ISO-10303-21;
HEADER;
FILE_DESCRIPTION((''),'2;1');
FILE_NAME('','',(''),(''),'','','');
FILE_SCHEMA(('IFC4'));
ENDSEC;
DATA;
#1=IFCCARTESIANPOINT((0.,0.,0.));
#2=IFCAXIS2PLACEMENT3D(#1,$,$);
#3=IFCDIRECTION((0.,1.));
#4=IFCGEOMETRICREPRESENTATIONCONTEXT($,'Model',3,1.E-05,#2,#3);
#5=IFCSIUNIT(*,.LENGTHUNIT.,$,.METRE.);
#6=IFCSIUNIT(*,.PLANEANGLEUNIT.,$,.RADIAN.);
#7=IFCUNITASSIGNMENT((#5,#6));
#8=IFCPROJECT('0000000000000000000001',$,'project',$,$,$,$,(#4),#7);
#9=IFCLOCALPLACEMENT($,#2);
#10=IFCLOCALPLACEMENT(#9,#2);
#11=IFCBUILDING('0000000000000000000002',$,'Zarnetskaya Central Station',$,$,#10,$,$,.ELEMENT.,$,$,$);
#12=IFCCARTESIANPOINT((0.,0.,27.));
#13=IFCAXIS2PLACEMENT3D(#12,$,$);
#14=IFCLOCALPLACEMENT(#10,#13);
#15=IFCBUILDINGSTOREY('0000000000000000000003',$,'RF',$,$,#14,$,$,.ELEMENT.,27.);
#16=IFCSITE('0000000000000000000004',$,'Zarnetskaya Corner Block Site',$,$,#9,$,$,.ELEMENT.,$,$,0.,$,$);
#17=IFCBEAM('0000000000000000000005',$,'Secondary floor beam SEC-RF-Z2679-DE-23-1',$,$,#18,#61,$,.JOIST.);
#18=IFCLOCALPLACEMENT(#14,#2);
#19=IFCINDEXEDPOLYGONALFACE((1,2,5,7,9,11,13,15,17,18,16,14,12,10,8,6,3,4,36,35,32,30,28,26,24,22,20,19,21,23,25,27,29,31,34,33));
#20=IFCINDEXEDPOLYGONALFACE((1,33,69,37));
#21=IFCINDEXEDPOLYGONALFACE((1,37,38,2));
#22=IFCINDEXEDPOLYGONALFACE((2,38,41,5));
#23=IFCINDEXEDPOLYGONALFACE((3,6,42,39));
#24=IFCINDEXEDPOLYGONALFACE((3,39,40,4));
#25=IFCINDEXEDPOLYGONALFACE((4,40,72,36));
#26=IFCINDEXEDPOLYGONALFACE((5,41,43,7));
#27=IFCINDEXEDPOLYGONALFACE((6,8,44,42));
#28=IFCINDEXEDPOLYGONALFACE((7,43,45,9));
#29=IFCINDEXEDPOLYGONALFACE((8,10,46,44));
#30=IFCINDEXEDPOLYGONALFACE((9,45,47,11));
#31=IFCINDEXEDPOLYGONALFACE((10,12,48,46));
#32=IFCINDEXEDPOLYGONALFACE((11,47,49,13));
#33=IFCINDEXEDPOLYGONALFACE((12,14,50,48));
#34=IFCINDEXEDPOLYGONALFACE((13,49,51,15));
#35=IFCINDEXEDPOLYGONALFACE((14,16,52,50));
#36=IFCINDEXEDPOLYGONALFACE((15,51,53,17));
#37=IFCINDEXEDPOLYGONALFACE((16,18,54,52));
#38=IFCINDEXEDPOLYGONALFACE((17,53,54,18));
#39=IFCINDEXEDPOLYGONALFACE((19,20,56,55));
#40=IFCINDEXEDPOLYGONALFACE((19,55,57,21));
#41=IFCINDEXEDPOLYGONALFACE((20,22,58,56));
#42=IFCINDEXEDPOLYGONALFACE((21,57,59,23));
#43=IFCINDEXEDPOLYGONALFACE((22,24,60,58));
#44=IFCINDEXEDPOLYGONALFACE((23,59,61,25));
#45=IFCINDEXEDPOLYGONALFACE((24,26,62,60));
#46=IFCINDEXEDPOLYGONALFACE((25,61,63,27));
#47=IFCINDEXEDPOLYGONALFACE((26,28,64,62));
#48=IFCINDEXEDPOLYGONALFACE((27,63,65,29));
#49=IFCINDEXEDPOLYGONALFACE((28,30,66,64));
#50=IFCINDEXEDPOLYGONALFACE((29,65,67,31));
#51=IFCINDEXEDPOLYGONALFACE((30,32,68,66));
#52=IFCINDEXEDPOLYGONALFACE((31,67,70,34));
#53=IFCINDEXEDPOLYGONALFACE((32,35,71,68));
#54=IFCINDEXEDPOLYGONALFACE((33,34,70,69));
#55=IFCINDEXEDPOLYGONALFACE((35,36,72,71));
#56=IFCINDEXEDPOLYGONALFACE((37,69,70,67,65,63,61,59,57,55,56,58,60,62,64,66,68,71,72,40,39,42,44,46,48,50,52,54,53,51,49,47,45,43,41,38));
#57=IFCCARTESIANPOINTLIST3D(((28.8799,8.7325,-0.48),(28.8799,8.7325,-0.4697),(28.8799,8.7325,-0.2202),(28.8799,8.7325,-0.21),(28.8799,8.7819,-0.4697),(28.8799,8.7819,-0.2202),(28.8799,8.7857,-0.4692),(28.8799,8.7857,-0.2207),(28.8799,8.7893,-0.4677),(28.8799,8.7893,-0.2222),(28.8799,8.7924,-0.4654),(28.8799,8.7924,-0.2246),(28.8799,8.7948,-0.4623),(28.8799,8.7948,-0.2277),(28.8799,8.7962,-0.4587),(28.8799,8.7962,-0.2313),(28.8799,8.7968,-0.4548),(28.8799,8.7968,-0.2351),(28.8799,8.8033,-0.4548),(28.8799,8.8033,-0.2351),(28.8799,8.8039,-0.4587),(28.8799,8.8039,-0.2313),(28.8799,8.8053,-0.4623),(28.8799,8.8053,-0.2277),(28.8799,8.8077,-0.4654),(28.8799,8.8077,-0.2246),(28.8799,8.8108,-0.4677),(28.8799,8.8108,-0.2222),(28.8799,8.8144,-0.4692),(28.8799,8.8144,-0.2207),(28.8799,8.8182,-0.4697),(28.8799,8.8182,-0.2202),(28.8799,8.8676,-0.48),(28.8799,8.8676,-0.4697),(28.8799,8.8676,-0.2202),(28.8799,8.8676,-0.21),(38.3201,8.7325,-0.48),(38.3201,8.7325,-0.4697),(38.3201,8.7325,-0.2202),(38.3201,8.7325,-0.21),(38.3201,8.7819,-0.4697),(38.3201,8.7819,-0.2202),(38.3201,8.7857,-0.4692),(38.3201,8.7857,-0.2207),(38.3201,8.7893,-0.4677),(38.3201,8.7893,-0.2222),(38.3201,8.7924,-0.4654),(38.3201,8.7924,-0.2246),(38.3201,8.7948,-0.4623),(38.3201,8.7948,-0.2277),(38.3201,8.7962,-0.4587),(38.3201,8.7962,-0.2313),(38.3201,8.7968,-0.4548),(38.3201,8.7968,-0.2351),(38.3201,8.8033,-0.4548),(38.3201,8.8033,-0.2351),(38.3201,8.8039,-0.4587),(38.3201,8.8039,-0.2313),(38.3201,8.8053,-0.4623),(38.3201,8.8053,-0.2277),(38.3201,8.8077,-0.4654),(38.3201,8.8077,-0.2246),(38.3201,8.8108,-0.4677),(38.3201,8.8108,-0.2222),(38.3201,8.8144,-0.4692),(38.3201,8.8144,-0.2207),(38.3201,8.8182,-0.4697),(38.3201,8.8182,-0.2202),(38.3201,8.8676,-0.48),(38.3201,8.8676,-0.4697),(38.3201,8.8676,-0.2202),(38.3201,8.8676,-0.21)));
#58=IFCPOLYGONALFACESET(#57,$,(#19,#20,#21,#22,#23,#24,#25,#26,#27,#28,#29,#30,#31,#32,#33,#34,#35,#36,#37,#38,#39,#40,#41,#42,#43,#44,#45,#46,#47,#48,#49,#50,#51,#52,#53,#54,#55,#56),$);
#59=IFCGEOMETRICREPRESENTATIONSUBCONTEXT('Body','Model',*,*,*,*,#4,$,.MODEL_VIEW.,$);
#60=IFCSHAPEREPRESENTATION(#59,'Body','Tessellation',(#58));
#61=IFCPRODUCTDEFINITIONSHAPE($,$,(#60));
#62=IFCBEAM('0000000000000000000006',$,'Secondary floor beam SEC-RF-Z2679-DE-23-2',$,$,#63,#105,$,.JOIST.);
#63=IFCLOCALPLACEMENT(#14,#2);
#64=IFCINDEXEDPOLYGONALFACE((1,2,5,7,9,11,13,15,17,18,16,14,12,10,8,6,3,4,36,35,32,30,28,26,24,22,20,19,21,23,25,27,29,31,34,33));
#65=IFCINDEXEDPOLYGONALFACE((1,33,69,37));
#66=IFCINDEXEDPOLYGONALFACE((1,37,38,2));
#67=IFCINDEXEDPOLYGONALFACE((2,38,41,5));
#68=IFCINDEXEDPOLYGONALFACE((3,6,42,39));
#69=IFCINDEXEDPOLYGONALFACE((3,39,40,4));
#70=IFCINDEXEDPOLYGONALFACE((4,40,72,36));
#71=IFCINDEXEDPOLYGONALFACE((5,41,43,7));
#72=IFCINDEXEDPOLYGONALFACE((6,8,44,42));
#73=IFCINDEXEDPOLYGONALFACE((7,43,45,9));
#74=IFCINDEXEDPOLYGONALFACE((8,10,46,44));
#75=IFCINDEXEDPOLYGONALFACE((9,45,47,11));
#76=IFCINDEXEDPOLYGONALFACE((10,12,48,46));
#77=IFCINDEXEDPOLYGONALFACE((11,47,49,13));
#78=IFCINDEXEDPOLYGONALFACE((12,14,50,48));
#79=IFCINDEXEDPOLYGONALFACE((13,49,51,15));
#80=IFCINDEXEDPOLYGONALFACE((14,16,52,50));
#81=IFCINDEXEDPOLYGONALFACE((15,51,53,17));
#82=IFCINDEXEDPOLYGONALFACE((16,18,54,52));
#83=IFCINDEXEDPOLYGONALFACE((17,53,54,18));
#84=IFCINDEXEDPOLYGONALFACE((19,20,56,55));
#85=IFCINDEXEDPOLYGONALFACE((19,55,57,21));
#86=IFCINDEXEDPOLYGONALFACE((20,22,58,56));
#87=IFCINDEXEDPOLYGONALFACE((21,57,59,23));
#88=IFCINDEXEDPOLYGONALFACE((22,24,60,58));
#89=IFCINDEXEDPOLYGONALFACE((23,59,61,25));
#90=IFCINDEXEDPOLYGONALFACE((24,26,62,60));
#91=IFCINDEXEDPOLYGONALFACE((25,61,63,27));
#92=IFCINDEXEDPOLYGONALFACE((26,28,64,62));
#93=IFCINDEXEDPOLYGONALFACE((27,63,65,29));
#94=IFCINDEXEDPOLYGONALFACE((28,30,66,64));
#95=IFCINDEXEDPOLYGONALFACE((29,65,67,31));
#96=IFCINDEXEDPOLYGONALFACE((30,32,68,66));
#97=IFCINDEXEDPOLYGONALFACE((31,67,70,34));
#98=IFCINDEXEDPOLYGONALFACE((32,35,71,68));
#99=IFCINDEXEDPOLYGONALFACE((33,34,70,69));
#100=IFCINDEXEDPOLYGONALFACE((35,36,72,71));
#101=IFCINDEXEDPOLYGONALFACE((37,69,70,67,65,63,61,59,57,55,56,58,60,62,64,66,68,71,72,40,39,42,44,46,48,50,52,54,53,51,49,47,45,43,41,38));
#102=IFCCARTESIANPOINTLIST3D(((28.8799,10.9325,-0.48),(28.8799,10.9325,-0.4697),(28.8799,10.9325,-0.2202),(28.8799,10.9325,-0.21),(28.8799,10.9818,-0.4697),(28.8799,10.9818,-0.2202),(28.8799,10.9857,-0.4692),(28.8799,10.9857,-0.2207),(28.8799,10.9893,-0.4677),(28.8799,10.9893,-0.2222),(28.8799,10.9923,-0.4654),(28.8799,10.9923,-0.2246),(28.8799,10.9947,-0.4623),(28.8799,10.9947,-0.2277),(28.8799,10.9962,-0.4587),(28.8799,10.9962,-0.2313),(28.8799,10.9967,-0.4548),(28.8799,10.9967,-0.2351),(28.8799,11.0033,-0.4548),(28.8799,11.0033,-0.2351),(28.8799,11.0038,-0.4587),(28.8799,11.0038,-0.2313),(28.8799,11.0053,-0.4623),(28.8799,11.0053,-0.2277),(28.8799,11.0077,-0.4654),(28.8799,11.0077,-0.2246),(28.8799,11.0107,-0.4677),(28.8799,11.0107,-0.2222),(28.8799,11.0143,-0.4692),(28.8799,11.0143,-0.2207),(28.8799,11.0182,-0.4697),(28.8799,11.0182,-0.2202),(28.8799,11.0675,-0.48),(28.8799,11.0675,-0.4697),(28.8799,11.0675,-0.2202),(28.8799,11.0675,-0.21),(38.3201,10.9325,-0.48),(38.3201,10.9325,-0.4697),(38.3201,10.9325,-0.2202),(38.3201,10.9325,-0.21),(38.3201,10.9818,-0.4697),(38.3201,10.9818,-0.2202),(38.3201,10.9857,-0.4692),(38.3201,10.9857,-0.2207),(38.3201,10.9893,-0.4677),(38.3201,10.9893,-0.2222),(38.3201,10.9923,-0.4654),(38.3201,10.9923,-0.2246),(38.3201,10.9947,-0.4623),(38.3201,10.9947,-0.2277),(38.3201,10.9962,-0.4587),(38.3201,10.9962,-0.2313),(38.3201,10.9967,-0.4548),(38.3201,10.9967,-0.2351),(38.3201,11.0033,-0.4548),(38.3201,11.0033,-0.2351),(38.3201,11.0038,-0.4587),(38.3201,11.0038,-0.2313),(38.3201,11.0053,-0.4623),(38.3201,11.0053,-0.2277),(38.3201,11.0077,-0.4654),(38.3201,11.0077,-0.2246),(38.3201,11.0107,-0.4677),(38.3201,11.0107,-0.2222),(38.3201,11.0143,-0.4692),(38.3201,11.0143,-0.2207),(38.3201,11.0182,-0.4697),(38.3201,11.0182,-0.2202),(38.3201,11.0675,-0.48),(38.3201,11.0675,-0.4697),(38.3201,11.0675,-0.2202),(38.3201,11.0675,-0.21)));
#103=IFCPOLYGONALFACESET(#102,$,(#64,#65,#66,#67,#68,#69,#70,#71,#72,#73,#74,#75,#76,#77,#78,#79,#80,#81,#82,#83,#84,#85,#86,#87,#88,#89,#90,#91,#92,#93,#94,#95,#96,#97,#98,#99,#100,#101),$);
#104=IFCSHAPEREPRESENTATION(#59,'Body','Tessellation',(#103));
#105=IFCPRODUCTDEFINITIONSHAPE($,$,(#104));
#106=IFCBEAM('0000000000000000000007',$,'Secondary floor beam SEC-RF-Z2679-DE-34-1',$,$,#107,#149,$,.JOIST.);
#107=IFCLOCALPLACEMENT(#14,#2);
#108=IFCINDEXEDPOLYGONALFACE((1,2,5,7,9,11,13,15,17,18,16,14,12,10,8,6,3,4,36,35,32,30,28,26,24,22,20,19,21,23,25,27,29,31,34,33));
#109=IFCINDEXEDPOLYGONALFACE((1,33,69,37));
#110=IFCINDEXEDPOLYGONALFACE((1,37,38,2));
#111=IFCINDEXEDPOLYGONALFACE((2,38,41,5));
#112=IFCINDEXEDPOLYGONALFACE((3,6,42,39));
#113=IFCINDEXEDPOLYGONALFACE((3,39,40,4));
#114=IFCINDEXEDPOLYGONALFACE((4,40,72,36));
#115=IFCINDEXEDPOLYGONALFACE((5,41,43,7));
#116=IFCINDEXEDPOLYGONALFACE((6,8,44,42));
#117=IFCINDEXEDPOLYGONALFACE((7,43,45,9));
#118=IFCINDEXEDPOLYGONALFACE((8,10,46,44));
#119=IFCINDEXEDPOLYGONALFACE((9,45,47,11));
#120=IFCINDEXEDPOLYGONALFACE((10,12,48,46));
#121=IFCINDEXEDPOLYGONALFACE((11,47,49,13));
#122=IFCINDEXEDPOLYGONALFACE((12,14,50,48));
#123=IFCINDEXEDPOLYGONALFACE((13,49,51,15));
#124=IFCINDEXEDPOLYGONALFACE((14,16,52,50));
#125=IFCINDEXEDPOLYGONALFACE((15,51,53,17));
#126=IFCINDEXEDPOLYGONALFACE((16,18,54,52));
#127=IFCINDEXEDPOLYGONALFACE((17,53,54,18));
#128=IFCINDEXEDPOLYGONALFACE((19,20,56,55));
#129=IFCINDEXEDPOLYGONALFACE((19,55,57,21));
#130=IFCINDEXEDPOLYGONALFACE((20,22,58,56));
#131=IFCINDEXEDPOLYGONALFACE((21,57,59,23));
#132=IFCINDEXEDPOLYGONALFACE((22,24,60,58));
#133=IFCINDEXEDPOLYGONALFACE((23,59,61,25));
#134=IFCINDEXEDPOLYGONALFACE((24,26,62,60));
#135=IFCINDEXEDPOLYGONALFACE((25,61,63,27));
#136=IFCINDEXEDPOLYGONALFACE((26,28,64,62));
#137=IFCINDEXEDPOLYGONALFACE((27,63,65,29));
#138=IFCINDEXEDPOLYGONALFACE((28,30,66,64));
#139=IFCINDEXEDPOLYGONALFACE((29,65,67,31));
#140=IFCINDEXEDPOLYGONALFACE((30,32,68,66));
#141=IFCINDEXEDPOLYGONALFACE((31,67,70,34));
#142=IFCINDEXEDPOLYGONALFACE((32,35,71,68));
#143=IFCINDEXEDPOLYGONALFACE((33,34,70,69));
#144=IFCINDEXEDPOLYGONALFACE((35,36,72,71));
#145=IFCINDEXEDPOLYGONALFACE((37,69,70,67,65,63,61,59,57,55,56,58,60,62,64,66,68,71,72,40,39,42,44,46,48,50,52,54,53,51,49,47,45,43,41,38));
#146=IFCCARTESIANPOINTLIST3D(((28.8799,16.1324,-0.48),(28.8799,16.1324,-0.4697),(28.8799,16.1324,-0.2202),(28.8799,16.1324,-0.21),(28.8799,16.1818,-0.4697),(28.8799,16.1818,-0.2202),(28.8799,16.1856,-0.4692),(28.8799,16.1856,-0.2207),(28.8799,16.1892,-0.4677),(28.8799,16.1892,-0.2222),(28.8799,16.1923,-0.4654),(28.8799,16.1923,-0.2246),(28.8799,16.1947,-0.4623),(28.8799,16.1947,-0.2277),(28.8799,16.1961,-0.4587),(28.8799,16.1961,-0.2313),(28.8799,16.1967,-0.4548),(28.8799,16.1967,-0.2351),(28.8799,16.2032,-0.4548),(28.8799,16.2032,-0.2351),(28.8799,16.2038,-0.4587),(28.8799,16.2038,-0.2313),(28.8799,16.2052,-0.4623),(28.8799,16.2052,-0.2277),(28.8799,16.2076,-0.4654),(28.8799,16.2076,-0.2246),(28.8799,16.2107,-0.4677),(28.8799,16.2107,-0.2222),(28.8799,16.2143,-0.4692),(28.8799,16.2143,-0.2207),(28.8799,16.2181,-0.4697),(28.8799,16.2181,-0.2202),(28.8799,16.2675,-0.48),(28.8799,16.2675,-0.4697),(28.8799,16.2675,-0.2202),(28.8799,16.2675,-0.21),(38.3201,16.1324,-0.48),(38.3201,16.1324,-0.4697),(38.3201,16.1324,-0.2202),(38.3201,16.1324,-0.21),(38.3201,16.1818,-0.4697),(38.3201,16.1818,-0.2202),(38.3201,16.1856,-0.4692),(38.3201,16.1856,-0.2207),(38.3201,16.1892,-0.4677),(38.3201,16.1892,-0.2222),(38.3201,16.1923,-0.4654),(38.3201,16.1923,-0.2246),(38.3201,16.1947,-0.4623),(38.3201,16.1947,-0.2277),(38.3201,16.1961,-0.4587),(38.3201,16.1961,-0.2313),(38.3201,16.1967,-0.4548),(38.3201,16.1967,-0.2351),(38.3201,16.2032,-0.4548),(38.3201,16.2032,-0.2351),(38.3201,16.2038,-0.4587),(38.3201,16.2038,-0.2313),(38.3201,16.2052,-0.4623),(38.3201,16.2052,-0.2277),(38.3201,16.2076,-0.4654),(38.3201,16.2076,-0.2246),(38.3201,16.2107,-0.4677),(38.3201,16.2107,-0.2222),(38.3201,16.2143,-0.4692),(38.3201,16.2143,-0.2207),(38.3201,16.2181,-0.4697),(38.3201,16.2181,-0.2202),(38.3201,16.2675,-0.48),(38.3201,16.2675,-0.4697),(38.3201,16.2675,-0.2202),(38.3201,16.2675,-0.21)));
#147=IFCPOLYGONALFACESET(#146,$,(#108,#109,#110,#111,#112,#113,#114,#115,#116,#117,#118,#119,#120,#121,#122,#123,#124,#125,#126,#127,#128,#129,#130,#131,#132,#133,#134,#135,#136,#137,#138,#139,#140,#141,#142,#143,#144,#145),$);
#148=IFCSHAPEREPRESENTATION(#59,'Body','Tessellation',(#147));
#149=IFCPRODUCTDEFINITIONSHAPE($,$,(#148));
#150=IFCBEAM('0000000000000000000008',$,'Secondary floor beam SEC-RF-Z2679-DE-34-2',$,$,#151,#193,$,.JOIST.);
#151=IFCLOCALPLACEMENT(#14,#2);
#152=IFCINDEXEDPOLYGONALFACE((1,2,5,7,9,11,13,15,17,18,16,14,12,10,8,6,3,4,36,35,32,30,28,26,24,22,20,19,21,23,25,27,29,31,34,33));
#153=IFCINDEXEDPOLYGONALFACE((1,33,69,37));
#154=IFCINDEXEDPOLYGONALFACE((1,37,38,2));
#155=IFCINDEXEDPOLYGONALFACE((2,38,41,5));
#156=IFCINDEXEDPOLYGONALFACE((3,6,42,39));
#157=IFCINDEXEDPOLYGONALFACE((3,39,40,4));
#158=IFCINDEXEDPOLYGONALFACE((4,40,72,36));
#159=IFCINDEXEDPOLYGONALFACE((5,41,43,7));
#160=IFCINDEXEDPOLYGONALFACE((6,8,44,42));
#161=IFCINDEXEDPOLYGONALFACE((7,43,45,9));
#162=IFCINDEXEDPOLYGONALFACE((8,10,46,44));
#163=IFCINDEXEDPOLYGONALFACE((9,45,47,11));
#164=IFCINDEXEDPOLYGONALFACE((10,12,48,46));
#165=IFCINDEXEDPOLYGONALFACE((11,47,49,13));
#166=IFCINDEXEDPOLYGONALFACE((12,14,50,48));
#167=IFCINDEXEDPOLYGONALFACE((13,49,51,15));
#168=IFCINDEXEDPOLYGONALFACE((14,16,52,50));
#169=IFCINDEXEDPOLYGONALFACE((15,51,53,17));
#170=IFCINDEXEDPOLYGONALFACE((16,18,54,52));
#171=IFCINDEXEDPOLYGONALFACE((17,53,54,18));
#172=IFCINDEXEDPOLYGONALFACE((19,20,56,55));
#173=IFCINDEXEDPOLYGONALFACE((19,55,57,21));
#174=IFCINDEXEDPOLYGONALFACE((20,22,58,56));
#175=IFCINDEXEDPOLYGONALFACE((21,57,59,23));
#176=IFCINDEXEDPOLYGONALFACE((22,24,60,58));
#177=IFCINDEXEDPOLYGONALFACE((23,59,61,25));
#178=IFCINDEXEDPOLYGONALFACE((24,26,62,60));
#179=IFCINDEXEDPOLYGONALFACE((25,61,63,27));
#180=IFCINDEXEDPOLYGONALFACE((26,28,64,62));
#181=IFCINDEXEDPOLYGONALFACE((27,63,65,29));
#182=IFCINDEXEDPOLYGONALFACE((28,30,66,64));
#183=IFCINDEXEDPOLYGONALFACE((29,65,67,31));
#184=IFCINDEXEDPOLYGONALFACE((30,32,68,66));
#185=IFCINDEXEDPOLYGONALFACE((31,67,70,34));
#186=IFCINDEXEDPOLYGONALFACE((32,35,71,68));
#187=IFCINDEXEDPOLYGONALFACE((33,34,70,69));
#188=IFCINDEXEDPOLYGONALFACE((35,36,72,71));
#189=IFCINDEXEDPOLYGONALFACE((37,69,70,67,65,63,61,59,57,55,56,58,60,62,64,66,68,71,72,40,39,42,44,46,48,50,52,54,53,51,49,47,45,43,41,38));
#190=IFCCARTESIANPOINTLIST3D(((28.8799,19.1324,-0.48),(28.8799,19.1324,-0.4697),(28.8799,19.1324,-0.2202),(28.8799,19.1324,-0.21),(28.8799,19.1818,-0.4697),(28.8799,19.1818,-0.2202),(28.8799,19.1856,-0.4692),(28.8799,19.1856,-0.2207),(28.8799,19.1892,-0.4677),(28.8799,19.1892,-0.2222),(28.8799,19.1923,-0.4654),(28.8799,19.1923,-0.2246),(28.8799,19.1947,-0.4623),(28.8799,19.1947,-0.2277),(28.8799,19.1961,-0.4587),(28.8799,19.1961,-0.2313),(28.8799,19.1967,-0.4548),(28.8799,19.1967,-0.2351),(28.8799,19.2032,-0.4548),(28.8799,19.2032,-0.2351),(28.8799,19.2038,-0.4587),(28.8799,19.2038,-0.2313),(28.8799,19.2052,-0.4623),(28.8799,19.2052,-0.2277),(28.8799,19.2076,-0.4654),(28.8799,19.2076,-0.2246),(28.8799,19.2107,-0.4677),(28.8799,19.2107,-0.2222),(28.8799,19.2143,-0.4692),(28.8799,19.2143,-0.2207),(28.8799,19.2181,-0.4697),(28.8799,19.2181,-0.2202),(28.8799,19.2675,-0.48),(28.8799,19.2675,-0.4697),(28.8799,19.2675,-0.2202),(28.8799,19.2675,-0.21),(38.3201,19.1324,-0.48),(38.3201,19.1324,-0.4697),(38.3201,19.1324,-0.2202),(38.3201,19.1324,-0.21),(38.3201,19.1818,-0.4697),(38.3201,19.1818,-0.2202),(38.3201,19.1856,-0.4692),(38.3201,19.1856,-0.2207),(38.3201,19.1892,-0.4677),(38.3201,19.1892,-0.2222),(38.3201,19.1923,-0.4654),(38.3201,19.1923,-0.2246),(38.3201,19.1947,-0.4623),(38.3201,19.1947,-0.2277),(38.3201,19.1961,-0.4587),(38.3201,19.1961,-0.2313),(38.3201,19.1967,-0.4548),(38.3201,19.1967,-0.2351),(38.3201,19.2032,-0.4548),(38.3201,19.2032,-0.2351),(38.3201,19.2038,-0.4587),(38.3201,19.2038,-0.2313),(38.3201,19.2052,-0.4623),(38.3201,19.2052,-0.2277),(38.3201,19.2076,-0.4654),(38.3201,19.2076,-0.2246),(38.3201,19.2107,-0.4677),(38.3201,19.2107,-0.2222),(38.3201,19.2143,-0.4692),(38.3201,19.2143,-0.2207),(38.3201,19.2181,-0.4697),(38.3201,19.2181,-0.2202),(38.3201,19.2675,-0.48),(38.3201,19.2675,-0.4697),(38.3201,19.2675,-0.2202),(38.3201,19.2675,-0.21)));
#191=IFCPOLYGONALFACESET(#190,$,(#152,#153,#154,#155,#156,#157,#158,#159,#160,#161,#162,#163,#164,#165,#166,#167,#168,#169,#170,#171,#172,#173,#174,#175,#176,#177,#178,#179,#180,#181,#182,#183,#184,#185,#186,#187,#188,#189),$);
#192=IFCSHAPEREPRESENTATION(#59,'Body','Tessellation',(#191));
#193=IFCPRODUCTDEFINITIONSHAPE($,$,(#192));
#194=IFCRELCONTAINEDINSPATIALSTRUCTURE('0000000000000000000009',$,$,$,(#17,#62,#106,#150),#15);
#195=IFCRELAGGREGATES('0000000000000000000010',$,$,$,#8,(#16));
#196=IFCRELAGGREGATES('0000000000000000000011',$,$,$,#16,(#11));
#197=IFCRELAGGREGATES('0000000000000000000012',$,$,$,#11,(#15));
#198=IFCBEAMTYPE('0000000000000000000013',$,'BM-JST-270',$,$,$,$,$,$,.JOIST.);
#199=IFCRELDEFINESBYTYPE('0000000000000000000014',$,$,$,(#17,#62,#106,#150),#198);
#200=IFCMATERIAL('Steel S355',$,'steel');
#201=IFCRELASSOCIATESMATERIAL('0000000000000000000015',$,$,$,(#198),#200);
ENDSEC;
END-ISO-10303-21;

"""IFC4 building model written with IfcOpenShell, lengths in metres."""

from ifc_helpers import new_model, si_unit, direction, frame, origin, origin_2d, place, context, subcontext, project, spatial, i_section, extrude, material, material_profile, profile_set, type_object, element, save


model = new_model("IFC4")

# Units and contexts
model_context = context("Model", 3, precision=1e-05, world=origin(), true_north=direction((0.0, 1.0)))
body_context = subcontext(model_context, "Body", "Model", "MODEL_VIEW")
ifc_project = project(units=[si_unit("LENGTHUNIT", "METRE"), si_unit("PLANEANGLEUNIT", "RADIAN")], contexts=[model_context])

# Site, building, storey
site_placement = place(None, origin())
site = spatial("IfcSite", under=ifc_project, at=site_placement, Name="Zarnetskaya Corner Block Site", CompositionType="ELEMENT", RefElevation=0.0)
building_placement = place(site_placement, origin())
building = spatial("IfcBuilding", under=site, at=building_placement, Name="Zarnetskaya Central Station", CompositionType="ELEMENT")
storey_placement = place(building_placement, frame((0.0, 0.0, 27.0)))
storey = spatial("IfcBuildingStorey", under=building, at=storey_placement, Name="RF", CompositionType="ELEMENT", Elevation=27.0)

# Beams
ifc_material_1 = material(Name="Steel S355", Category="steel")
ifc_material_profile_1 = material_profile(ifc_material_1, i_section(OverallWidth=0.135, OverallDepth=0.27, WebThickness=0.0066, FlangeThickness=0.0103, FilletRadius=0.0149, at=origin_2d()), Name="IPE 270")
ifc_profile_set_1 = profile_set([ifc_material_profile_1], Name="Steel S355")
beam_type_1 = type_object("IfcBeamType", Name="BM-JST-270", PredefinedType="JOIST", material=ifc_profile_set_1)
for number, where, z_axis, x_axis, name in (
    (1, (28.8799, 8.8, -0.345), (1.0, 0.0, 0.0), (0.0, 1.0, 0.0), "Secondary floor beam SEC-RF-Z2679-DE-23-1"),
    (2, (28.8799, 11.0, -0.345), (1.0, 0.0, 0.0), (0.0, 1.0, 0.0), "Secondary floor beam SEC-RF-Z2679-DE-23-2"),
    (3, (28.8799, 16.2, -0.345), (1.0, 0.0, 0.0), (0.0, 1.0, 0.0), "Secondary floor beam SEC-RF-Z2679-DE-34-1"),
    (4, (28.8799, 19.2, -0.345), (1.0, 0.0, 0.0), (0.0, 1.0, 0.0), "Secondary floor beam SEC-RF-Z2679-DE-34-2"),
):
    element("IfcBeam", number, at=place(storey_placement, frame(where, z_axis=z_axis, x_axis=x_axis)), inside=storey, type_object=beam_type_1, Name=name, PredefinedType="JOIST", context=body_context, shape_type="SweptSolid", body=[
        extrude(i_section(OverallWidth=0.135, OverallDepth=0.27, WebThickness=0.0066, FlangeThickness=0.0103, FilletRadius=0.0149, at=origin_2d()), origin(), (0.0, 0.0, 1.0), 9.4402),
    ])

save(model, "model.ifc")
